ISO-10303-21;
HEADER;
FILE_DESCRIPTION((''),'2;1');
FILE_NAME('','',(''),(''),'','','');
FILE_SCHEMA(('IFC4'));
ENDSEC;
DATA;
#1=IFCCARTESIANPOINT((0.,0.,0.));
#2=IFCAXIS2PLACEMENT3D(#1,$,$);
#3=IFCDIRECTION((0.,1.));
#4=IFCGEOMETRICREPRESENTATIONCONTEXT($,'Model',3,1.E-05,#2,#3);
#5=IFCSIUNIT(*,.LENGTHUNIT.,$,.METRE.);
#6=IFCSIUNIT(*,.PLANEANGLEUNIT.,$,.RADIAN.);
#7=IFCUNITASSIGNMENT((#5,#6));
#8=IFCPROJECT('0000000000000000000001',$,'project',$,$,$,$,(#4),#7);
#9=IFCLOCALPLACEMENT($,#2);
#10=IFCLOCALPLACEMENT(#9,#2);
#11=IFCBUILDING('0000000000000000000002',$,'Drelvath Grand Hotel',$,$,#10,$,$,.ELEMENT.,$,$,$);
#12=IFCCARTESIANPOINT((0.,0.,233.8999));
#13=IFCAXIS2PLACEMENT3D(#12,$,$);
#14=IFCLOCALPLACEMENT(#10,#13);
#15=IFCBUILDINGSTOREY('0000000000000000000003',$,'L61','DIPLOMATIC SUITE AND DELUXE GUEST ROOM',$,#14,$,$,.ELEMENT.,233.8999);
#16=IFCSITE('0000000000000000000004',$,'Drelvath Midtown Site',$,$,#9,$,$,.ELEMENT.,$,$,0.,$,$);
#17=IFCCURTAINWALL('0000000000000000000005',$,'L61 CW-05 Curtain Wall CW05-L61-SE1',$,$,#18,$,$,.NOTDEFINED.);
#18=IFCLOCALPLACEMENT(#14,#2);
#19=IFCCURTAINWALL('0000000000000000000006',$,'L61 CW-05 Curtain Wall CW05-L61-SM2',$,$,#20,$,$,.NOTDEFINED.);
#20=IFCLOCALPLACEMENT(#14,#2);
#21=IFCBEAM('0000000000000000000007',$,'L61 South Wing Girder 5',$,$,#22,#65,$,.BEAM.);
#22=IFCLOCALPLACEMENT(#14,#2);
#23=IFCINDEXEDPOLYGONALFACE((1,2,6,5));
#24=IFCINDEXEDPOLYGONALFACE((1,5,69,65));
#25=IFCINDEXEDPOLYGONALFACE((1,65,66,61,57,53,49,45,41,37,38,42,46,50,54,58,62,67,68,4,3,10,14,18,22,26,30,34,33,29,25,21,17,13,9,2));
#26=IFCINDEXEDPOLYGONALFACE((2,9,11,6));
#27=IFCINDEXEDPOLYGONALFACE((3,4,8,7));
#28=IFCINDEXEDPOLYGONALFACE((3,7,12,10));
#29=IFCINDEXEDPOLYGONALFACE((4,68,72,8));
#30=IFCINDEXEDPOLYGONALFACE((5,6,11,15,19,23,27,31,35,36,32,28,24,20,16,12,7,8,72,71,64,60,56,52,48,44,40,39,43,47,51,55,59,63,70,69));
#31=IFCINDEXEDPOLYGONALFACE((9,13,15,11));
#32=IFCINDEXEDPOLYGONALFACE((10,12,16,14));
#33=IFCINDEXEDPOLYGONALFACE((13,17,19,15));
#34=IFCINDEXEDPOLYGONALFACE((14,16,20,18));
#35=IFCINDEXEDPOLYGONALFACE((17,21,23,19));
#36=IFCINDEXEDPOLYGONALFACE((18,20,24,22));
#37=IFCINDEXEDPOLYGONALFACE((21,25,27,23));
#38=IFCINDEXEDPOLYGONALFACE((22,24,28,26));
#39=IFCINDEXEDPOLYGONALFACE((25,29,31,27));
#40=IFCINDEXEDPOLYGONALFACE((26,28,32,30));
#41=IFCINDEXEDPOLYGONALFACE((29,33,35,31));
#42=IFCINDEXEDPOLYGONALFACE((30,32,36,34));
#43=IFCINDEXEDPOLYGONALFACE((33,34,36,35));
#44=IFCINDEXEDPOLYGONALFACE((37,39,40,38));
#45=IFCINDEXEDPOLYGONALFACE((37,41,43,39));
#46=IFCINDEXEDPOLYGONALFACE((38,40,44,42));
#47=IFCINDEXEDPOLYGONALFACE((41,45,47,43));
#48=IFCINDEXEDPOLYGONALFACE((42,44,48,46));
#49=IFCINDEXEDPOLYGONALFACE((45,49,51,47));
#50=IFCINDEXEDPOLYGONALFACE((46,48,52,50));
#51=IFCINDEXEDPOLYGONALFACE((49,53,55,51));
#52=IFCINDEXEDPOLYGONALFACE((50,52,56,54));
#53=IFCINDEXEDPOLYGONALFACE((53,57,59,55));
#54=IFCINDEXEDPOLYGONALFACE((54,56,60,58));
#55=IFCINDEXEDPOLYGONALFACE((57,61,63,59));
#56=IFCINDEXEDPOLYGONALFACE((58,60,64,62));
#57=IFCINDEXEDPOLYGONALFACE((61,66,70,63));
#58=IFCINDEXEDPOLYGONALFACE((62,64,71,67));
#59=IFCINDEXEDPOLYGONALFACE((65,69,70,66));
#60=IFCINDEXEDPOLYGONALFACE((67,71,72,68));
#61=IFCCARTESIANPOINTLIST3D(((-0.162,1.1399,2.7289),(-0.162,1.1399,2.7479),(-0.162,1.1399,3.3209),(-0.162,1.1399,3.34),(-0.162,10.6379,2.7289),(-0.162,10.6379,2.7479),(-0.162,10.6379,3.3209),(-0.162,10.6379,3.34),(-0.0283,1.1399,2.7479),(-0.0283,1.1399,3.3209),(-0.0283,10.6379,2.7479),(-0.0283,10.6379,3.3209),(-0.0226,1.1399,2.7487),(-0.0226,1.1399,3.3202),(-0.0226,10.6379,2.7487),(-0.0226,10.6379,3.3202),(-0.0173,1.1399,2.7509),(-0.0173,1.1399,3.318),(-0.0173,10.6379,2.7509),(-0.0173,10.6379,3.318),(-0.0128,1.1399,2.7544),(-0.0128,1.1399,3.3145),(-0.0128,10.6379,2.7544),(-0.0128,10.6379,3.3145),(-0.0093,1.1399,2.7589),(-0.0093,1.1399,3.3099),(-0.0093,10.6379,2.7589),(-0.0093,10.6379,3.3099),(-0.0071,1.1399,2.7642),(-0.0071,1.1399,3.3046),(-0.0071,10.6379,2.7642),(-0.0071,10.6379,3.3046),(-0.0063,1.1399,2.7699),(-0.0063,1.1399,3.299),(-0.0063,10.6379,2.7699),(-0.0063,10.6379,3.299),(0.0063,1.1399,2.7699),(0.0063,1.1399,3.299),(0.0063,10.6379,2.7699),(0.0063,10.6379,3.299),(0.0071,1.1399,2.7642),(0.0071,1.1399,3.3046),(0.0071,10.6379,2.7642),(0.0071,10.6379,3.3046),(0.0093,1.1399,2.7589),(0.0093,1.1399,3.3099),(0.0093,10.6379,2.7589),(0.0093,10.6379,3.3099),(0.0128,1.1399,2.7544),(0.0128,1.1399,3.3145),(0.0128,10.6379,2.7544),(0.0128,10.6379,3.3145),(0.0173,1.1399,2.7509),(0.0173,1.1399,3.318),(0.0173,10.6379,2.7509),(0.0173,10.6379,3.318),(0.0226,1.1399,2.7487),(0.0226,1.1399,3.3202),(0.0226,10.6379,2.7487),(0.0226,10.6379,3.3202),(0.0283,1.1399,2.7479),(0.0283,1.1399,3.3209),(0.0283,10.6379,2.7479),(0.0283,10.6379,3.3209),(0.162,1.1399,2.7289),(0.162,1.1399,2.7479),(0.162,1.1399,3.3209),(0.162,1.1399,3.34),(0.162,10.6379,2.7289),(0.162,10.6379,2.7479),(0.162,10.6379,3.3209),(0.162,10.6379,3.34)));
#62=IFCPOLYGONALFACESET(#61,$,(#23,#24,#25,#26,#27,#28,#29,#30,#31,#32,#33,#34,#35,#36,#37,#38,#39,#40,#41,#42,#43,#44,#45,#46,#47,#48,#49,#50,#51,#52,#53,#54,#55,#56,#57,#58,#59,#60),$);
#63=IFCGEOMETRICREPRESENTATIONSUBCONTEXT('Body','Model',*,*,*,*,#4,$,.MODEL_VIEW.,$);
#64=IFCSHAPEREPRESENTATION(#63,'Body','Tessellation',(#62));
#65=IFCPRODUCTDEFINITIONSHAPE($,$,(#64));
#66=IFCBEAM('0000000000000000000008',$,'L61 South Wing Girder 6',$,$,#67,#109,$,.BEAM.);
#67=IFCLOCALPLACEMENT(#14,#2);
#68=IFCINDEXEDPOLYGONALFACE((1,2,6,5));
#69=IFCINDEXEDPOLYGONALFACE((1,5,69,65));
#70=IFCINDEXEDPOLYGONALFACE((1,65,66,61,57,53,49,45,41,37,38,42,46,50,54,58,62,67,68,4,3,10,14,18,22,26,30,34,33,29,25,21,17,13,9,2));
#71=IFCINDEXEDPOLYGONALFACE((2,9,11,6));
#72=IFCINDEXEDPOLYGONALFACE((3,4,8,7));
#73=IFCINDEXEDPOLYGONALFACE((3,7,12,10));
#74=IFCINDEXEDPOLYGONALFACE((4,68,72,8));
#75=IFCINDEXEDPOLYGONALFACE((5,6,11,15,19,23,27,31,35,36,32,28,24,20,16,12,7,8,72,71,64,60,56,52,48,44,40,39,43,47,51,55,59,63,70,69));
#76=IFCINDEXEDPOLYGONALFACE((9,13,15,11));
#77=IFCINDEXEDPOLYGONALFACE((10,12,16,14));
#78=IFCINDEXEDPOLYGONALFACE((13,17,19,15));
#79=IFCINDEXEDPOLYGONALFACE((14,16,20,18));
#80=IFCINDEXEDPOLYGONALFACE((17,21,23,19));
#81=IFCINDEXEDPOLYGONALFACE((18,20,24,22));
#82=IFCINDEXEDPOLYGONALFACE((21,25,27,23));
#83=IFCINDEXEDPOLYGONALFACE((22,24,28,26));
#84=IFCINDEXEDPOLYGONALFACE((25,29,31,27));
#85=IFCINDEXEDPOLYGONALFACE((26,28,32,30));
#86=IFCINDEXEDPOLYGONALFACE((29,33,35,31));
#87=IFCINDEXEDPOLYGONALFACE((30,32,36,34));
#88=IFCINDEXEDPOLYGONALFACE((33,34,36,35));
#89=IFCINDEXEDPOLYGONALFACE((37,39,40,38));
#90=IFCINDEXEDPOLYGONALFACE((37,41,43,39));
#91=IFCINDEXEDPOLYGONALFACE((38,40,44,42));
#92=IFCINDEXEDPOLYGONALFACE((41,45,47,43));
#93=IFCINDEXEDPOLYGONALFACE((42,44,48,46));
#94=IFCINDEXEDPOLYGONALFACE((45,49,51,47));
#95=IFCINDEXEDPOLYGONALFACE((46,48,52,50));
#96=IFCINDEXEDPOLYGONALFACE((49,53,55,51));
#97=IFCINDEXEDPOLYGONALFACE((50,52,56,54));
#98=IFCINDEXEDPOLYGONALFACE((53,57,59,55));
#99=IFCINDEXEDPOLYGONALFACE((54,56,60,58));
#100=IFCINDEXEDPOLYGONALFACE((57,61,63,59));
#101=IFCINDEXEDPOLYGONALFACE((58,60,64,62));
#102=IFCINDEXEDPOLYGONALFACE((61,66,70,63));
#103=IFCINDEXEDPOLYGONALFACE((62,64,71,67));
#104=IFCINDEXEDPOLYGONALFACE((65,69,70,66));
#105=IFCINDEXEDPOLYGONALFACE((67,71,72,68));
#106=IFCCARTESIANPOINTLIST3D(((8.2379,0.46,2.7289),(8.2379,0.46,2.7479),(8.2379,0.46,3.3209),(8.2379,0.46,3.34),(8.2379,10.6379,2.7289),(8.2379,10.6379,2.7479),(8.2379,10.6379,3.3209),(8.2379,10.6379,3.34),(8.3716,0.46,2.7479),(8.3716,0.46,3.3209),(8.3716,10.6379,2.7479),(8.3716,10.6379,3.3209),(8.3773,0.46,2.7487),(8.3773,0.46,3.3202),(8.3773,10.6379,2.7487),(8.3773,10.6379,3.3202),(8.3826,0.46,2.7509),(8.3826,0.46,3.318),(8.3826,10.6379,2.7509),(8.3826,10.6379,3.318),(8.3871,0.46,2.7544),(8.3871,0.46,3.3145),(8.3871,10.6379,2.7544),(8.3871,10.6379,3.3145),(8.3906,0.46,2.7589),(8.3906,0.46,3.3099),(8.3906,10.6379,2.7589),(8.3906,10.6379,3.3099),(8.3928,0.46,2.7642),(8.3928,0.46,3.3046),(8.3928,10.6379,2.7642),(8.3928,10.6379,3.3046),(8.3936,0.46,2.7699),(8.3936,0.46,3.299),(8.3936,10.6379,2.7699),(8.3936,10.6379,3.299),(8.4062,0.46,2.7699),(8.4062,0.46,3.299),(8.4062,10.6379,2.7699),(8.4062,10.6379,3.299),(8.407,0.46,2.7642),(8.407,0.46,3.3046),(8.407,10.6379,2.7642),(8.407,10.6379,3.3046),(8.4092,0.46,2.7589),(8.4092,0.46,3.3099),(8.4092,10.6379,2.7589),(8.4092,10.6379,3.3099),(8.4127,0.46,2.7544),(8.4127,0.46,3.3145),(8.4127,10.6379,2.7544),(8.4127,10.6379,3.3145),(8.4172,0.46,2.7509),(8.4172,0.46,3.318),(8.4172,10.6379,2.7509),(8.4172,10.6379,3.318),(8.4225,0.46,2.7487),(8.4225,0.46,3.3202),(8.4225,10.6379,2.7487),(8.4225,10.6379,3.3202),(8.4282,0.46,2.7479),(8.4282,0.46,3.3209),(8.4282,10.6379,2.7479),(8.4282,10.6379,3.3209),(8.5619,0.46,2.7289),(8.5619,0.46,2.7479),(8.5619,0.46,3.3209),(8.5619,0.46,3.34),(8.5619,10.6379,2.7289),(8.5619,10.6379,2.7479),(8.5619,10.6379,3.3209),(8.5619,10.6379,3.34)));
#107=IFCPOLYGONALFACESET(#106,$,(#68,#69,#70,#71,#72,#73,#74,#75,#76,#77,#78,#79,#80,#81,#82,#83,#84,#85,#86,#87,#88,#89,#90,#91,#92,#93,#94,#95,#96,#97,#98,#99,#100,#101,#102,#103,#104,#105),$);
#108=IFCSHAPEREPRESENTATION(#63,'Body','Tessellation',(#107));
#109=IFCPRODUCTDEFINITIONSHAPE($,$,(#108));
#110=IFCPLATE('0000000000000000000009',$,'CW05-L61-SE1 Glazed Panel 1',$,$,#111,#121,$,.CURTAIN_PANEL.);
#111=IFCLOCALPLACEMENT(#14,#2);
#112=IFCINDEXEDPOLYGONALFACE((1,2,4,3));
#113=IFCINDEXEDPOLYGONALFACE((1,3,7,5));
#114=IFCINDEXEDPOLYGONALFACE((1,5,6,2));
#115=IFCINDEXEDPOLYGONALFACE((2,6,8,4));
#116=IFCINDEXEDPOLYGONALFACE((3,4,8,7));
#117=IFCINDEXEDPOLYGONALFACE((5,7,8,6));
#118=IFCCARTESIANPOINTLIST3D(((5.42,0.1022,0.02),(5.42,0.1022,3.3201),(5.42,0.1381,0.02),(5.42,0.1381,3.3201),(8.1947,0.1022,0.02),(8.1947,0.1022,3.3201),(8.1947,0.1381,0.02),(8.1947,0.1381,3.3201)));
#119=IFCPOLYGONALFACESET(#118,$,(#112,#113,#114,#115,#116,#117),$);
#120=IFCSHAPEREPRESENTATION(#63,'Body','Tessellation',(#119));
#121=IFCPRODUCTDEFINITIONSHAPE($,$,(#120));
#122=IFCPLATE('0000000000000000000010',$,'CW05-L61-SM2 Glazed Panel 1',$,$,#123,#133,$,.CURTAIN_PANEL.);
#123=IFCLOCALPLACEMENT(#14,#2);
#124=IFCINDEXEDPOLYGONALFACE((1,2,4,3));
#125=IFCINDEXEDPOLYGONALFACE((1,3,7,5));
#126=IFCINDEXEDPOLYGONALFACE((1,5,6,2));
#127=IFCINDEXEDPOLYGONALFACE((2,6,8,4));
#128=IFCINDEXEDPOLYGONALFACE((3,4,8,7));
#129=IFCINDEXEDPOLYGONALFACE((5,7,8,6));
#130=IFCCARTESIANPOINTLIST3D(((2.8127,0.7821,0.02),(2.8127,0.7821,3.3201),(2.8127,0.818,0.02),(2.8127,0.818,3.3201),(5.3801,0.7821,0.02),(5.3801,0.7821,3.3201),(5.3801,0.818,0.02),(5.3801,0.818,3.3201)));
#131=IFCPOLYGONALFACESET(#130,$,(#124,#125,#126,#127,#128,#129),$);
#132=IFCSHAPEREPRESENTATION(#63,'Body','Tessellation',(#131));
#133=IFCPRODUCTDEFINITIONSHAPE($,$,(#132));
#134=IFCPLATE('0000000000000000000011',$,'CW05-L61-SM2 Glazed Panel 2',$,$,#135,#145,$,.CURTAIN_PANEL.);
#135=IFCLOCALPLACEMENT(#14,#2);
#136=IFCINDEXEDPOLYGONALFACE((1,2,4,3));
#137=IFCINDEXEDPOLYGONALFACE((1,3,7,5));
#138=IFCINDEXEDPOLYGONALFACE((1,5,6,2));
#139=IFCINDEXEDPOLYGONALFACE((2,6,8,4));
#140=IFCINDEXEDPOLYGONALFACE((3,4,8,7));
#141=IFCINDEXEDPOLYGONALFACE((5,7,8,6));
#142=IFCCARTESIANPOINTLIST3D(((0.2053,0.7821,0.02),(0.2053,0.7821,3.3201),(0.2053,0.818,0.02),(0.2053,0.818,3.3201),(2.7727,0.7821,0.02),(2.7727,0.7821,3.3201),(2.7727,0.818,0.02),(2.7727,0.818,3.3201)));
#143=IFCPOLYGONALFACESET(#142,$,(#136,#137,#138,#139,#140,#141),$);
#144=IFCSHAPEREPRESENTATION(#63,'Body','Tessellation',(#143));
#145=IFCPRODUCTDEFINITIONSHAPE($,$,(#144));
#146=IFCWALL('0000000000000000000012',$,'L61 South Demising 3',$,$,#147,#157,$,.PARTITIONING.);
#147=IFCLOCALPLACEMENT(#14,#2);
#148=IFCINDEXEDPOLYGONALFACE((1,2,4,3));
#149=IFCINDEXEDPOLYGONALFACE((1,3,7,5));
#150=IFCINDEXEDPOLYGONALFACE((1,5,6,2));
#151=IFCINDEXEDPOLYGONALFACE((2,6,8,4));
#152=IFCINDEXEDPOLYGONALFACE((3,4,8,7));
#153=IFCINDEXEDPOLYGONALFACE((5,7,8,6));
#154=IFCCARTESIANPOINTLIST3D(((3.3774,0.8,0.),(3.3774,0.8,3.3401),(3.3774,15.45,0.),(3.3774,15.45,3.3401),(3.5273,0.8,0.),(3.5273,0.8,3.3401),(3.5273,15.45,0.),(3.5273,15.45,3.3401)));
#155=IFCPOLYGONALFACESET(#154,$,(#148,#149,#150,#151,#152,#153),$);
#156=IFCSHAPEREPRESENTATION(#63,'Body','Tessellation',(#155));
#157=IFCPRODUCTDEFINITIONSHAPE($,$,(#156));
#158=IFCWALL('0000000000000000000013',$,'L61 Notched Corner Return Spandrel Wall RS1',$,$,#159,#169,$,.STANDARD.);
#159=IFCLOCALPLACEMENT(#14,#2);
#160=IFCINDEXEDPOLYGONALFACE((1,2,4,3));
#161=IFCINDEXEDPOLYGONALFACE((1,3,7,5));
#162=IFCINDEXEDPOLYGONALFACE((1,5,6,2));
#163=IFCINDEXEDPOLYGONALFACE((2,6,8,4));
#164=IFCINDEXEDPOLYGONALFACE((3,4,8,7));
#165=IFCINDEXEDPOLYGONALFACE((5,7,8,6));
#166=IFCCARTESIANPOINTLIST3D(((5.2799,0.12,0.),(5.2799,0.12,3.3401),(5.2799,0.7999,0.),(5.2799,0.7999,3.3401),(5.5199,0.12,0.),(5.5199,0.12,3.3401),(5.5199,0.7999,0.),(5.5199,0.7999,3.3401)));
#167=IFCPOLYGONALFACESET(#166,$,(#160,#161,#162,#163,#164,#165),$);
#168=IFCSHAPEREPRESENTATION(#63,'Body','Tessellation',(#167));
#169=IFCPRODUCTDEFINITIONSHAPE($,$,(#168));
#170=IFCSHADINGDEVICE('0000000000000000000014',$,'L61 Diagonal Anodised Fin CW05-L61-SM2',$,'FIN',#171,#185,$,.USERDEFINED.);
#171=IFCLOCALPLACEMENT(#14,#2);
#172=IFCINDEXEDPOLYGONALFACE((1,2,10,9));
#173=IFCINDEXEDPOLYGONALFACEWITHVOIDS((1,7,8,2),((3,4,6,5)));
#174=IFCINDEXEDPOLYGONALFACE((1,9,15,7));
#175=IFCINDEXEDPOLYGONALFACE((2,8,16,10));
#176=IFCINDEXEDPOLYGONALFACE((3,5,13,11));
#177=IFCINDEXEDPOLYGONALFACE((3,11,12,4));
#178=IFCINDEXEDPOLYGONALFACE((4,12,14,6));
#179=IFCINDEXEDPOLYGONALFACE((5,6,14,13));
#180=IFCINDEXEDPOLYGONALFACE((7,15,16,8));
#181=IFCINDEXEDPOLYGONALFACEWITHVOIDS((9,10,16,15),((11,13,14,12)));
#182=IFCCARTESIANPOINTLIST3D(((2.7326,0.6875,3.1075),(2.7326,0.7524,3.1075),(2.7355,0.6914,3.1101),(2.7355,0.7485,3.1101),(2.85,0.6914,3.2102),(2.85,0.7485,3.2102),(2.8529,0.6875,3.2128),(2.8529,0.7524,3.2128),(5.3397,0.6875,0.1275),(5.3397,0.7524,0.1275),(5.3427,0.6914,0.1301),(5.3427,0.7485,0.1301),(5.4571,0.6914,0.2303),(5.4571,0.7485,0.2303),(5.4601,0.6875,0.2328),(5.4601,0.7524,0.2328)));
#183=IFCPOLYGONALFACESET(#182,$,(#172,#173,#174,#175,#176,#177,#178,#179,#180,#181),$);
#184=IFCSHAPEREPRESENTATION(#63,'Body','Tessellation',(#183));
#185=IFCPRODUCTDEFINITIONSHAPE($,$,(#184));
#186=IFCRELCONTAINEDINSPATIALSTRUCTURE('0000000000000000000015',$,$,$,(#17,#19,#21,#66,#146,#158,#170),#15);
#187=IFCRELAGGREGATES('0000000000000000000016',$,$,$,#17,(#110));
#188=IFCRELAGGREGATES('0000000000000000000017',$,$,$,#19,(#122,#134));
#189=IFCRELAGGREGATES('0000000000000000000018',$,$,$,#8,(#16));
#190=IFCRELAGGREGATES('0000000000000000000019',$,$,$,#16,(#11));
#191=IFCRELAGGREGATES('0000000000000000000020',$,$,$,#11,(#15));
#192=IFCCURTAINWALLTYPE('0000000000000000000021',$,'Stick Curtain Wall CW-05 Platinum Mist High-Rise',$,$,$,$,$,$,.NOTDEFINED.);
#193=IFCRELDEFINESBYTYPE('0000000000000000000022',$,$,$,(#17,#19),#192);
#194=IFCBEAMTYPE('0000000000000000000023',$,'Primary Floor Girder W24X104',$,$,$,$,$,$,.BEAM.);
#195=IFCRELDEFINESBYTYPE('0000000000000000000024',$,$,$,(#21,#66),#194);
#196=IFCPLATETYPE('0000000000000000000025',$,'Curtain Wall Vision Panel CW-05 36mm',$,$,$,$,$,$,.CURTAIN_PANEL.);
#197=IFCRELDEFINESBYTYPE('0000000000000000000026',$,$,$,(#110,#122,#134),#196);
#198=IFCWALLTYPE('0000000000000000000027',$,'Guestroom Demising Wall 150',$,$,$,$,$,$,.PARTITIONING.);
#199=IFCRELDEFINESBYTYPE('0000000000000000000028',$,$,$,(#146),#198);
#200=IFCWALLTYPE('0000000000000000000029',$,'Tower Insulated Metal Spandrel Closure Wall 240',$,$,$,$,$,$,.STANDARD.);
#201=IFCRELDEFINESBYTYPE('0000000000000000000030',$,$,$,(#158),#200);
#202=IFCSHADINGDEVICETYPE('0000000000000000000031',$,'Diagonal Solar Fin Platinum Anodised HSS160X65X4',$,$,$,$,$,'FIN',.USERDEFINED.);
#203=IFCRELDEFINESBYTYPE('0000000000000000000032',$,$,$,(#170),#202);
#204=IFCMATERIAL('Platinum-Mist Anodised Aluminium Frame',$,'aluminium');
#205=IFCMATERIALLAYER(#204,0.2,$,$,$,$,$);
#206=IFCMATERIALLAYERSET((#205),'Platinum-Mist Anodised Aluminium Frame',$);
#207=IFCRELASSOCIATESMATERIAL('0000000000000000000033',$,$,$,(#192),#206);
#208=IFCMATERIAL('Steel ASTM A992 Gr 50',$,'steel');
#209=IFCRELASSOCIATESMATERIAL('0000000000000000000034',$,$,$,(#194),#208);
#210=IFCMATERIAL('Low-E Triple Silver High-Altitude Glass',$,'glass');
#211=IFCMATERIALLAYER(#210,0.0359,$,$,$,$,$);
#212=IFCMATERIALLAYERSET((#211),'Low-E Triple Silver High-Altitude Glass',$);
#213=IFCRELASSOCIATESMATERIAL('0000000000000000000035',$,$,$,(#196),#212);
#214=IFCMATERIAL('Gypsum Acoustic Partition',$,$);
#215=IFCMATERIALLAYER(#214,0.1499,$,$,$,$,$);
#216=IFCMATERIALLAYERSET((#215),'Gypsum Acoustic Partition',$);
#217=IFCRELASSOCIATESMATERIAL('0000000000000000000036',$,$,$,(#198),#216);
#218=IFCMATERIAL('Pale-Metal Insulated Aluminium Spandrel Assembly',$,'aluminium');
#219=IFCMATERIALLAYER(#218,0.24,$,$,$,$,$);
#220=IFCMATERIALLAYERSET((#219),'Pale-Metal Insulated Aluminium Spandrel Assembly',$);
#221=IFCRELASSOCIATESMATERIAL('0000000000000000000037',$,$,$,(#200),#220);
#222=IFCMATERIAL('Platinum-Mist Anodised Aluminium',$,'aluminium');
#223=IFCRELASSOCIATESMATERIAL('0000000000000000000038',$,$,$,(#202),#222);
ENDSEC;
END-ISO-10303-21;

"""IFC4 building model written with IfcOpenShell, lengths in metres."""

from ifc_helpers import new_model, si_unit, direction, frame, frame_2d, origin, origin_2d, place, context, subcontext, project, spatial, rectangle, hollow_rectangle, i_section, extrude, material, layer, layer_set, material_profile, profile_set, type_object, element, aggregate, save


model = new_model("IFC4")

# Units and contexts
model_context = context("Model", 3, precision=1e-05, world=origin(), true_north=direction((0.0, 1.0)))
body_context = subcontext(model_context, "Body", "Model", "MODEL_VIEW")
ifc_project = project(units=[si_unit("LENGTHUNIT", "METRE"), si_unit("PLANEANGLEUNIT", "RADIAN")], contexts=[model_context])

# Site, building, storey
site_placement = place(None, origin())
site = spatial("IfcSite", under=ifc_project, at=site_placement, Name="Drelvath Midtown Site", CompositionType="ELEMENT", RefElevation=0.0)
building_placement = place(site_placement, origin())
building = spatial("IfcBuilding", under=site, at=building_placement, Name="Drelvath Grand Hotel", CompositionType="ELEMENT")
storey_placement = place(building_placement, frame((0.0, 0.0, 233.8999)))
storey = spatial("IfcBuildingStorey", under=building, at=storey_placement, Name="L61", Description="DIPLOMATIC SUITE AND DELUXE GUEST ROOM", CompositionType="ELEMENT", Elevation=233.8999)

# Curtain walls
ifc_material_1 = material(Name="Platinum-Mist Anodised Aluminium Frame", Category="aluminium")
ifc_layer_1 = layer(ifc_material_1, 0.2)
ifc_layer_set_1 = layer_set([ifc_layer_1], Name="Platinum-Mist Anodised Aluminium Frame")
curtain_wall_type = type_object("IfcCurtainWallType", Name="Stick Curtain Wall CW-05 Platinum Mist High-Rise", PredefinedType="NOTDEFINED", material=ifc_layer_set_1)
curtain_wall_1_placement = place(storey_placement, origin())
curtain_wall_1 = element("IfcCurtainWall", 1, at=curtain_wall_1_placement, inside=storey, type_object=curtain_wall_type, Name="L61 CW-05 Curtain Wall CW05-L61-SE1", PredefinedType="NOTDEFINED")
curtain_wall_2_placement = place(storey_placement, origin())
curtain_wall_2 = element("IfcCurtainWall", 2, at=curtain_wall_2_placement, inside=storey, type_object=curtain_wall_type, Name="L61 CW-05 Curtain Wall CW05-L61-SM2", PredefinedType="NOTDEFINED")

# Beams
ifc_material_2 = material(Name="Steel ASTM A992 Gr 50", Category="steel")
ifc_material_profile_1 = material_profile(ifc_material_2, i_section(OverallWidth=0.324, OverallDepth=0.6111, WebThickness=0.0127, FlangeThickness=0.019, FilletRadius=0.022, at=origin_2d()), Name="W24X104")
ifc_profile_set_1 = profile_set([ifc_material_profile_1], Name="Steel ASTM A992 Gr 50")
beam_type_1 = type_object("IfcBeamType", Name="Primary Floor Girder W24X104", PredefinedType="BEAM", material=ifc_profile_set_1)
beam_1_placement = place(storey_placement, frame((0.0, 1.1399, 3.0344), z_axis=(0.0, 1.0, 0.0), x_axis=(-1.0, 0.0, 0.0)))
element("IfcBeam", 3, at=beam_1_placement, inside=storey, type_object=beam_type_1, Name="L61 South Wing Girder 5", PredefinedType="BEAM", context=body_context, shape_type="SweptSolid", body=[
    extrude(i_section(OverallWidth=0.324, OverallDepth=0.6111, WebThickness=0.0127, FlangeThickness=0.019, FilletRadius=0.022, at=origin_2d()), origin(), (0.0, 0.0, 1.0), 9.498),
])
beam_2_placement = place(storey_placement, frame((8.3999, 0.46, 3.0344), z_axis=(0.0, 1.0, 0.0), x_axis=(-1.0, 0.0, 0.0)))
element("IfcBeam", 4, at=beam_2_placement, inside=storey, type_object=beam_type_1, Name="L61 South Wing Girder 6", PredefinedType="BEAM", context=body_context, shape_type="SweptSolid", body=[
    extrude(i_section(OverallWidth=0.324, OverallDepth=0.6111, WebThickness=0.0127, FlangeThickness=0.019, FilletRadius=0.022, at=origin_2d()), origin(), (0.0, 0.0, 1.0), 10.178),
])

# Plates
ifc_material_3 = material(Name="Low-E Triple Silver High-Altitude Glass", Category="glass")
ifc_layer_2 = layer(ifc_material_3, 0.0359)
ifc_layer_set_2 = layer_set([ifc_layer_2], Name="Low-E Triple Silver High-Altitude Glass")
plate_type = type_object("IfcPlateType", Name="Curtain Wall Vision Panel CW-05 36mm", PredefinedType="CURTAIN_PANEL", material=ifc_layer_set_2)
plate_1_placement = place(storey_placement, frame((6.8074, 0.1201, 0.02), z_axis=(0.0, 0.0, 1.0), x_axis=(-1.0, 0.0, 0.0)))
plate_1 = element("IfcPlate", 5, at=plate_1_placement, type_object=plate_type, Name="CW05-L61-SE1 Glazed Panel 1", PredefinedType="CURTAIN_PANEL", context=body_context, shape_type="SweptSolid", body=[
    extrude(rectangle(XDim=2.7747, YDim=0.0359, at=origin_2d()), origin(), (0.0, 0.0, 1.0), 3.3),
])
aggregate(curtain_wall_1, [plate_1])
plate_2_placement = place(storey_placement, frame((4.0964, 0.8, 0.02), z_axis=(0.0, 0.0, 1.0), x_axis=(-1.0, 0.0, 0.0)))
plate_2 = element("IfcPlate", 6, at=plate_2_placement, type_object=plate_type, Name="CW05-L61-SM2 Glazed Panel 1", PredefinedType="CURTAIN_PANEL", context=body_context, shape_type="SweptSolid", body=[
    extrude(rectangle(XDim=2.5674, YDim=0.0359, at=origin_2d()), origin(), (0.0, 0.0, 1.0), 3.3),
])
plate_3_placement = place(storey_placement, frame((1.489, 0.8, 0.02), z_axis=(0.0, 0.0, 1.0), x_axis=(-1.0, 0.0, 0.0)))
plate_3 = element("IfcPlate", 7, at=plate_3_placement, type_object=plate_type, Name="CW05-L61-SM2 Glazed Panel 2", PredefinedType="CURTAIN_PANEL", context=body_context, shape_type="SweptSolid", body=[
    extrude(rectangle(XDim=2.5674, YDim=0.0359, at=origin_2d()), origin(), (0.0, 0.0, 1.0), 3.3),
])
aggregate(curtain_wall_2, [plate_2, plate_3])

# Walls
ifc_material_4 = material(Name="Gypsum Acoustic Partition")
ifc_layer_3 = layer(ifc_material_4, 0.1499)
ifc_layer_set_3 = layer_set([ifc_layer_3], Name="Gypsum Acoustic Partition")
wall_type_1 = type_object("IfcWallType", Name="Guestroom Demising Wall 150", PredefinedType="PARTITIONING", material=ifc_layer_set_3)
wall_1_placement = place(storey_placement, frame((3.4524, 0.8, 0.0), z_axis=(0.0, 0.0, 1.0), x_axis=(0.0, 1.0, 0.0)))
element("IfcWall", 8, at=wall_1_placement, inside=storey, type_object=wall_type_1, Name="L61 South Demising 3", PredefinedType="PARTITIONING", context=body_context, shape_type="SweptSolid", body=[
    extrude(rectangle(XDim=14.6499, YDim=0.1499, at=frame_2d((7.325, 0.0))), origin(), (0.0, 0.0, 1.0), 3.3401),
])
ifc_material_5 = material(Name="Pale-Metal Insulated Aluminium Spandrel Assembly", Category="aluminium")
ifc_layer_4 = layer(ifc_material_5, 0.24)
ifc_layer_set_4 = layer_set([ifc_layer_4], Name="Pale-Metal Insulated Aluminium Spandrel Assembly")
wall_type_2 = type_object("IfcWallType", Name="Tower Insulated Metal Spandrel Closure Wall 240", PredefinedType="STANDARD", material=ifc_layer_set_4)
wall_2_placement = place(storey_placement, frame((5.3999, 0.1201, 0.0), z_axis=(0.0, 0.0, 1.0), x_axis=(0.0, 1.0, 0.0)))
element("IfcWall", 9, at=wall_2_placement, inside=storey, type_object=wall_type_2, Name="L61 Notched Corner Return Spandrel Wall RS1", PredefinedType="STANDARD", context=body_context, shape_type="SweptSolid", body=[
    extrude(rectangle(XDim=0.6799, YDim=0.24, at=frame_2d((0.3398, 0.0))), origin(), (0.0, 0.0, 1.0), 3.3401),
])

# Shading device
ifc_material_6 = material(Name="Platinum-Mist Anodised Aluminium", Category="aluminium")
ifc_material_profile_2 = material_profile(ifc_material_6, hollow_rectangle(XDim=0.0649, YDim=0.1599, WallThickness=0.0039, at=origin_2d()), Name="HSS160X65X4")
ifc_profile_set_2 = profile_set([ifc_material_profile_2], Name="Platinum-Mist Anodised Aluminium")
shading_device_type = type_object("IfcShadingDeviceType", Name="Diagonal Solar Fin Platinum Anodised HSS160X65X4", ElementType="FIN", PredefinedType="USERDEFINED", material=ifc_profile_set_2)
shading_device_placement = place(storey_placement, frame((5.3999, 0.72, 0.1802), z_axis=(-0.658461, 0.0, 0.752615), x_axis=(0.0, -1.0, 0.0)))
element("IfcShadingDevice", 10, at=shading_device_placement, inside=storey, type_object=shading_device_type, Name="L61 Diagonal Anodised Fin CW05-L61-SM2", ObjectType="FIN", PredefinedType="USERDEFINED", context=body_context, shape_type="SweptSolid", body=[
    extrude(hollow_rectangle(XDim=0.0649, YDim=0.1599, WallThickness=0.0039, at=origin_2d()), origin(), (0.0, 0.0, 1.0), 3.9595),
])

save(model, "model.ifc")
